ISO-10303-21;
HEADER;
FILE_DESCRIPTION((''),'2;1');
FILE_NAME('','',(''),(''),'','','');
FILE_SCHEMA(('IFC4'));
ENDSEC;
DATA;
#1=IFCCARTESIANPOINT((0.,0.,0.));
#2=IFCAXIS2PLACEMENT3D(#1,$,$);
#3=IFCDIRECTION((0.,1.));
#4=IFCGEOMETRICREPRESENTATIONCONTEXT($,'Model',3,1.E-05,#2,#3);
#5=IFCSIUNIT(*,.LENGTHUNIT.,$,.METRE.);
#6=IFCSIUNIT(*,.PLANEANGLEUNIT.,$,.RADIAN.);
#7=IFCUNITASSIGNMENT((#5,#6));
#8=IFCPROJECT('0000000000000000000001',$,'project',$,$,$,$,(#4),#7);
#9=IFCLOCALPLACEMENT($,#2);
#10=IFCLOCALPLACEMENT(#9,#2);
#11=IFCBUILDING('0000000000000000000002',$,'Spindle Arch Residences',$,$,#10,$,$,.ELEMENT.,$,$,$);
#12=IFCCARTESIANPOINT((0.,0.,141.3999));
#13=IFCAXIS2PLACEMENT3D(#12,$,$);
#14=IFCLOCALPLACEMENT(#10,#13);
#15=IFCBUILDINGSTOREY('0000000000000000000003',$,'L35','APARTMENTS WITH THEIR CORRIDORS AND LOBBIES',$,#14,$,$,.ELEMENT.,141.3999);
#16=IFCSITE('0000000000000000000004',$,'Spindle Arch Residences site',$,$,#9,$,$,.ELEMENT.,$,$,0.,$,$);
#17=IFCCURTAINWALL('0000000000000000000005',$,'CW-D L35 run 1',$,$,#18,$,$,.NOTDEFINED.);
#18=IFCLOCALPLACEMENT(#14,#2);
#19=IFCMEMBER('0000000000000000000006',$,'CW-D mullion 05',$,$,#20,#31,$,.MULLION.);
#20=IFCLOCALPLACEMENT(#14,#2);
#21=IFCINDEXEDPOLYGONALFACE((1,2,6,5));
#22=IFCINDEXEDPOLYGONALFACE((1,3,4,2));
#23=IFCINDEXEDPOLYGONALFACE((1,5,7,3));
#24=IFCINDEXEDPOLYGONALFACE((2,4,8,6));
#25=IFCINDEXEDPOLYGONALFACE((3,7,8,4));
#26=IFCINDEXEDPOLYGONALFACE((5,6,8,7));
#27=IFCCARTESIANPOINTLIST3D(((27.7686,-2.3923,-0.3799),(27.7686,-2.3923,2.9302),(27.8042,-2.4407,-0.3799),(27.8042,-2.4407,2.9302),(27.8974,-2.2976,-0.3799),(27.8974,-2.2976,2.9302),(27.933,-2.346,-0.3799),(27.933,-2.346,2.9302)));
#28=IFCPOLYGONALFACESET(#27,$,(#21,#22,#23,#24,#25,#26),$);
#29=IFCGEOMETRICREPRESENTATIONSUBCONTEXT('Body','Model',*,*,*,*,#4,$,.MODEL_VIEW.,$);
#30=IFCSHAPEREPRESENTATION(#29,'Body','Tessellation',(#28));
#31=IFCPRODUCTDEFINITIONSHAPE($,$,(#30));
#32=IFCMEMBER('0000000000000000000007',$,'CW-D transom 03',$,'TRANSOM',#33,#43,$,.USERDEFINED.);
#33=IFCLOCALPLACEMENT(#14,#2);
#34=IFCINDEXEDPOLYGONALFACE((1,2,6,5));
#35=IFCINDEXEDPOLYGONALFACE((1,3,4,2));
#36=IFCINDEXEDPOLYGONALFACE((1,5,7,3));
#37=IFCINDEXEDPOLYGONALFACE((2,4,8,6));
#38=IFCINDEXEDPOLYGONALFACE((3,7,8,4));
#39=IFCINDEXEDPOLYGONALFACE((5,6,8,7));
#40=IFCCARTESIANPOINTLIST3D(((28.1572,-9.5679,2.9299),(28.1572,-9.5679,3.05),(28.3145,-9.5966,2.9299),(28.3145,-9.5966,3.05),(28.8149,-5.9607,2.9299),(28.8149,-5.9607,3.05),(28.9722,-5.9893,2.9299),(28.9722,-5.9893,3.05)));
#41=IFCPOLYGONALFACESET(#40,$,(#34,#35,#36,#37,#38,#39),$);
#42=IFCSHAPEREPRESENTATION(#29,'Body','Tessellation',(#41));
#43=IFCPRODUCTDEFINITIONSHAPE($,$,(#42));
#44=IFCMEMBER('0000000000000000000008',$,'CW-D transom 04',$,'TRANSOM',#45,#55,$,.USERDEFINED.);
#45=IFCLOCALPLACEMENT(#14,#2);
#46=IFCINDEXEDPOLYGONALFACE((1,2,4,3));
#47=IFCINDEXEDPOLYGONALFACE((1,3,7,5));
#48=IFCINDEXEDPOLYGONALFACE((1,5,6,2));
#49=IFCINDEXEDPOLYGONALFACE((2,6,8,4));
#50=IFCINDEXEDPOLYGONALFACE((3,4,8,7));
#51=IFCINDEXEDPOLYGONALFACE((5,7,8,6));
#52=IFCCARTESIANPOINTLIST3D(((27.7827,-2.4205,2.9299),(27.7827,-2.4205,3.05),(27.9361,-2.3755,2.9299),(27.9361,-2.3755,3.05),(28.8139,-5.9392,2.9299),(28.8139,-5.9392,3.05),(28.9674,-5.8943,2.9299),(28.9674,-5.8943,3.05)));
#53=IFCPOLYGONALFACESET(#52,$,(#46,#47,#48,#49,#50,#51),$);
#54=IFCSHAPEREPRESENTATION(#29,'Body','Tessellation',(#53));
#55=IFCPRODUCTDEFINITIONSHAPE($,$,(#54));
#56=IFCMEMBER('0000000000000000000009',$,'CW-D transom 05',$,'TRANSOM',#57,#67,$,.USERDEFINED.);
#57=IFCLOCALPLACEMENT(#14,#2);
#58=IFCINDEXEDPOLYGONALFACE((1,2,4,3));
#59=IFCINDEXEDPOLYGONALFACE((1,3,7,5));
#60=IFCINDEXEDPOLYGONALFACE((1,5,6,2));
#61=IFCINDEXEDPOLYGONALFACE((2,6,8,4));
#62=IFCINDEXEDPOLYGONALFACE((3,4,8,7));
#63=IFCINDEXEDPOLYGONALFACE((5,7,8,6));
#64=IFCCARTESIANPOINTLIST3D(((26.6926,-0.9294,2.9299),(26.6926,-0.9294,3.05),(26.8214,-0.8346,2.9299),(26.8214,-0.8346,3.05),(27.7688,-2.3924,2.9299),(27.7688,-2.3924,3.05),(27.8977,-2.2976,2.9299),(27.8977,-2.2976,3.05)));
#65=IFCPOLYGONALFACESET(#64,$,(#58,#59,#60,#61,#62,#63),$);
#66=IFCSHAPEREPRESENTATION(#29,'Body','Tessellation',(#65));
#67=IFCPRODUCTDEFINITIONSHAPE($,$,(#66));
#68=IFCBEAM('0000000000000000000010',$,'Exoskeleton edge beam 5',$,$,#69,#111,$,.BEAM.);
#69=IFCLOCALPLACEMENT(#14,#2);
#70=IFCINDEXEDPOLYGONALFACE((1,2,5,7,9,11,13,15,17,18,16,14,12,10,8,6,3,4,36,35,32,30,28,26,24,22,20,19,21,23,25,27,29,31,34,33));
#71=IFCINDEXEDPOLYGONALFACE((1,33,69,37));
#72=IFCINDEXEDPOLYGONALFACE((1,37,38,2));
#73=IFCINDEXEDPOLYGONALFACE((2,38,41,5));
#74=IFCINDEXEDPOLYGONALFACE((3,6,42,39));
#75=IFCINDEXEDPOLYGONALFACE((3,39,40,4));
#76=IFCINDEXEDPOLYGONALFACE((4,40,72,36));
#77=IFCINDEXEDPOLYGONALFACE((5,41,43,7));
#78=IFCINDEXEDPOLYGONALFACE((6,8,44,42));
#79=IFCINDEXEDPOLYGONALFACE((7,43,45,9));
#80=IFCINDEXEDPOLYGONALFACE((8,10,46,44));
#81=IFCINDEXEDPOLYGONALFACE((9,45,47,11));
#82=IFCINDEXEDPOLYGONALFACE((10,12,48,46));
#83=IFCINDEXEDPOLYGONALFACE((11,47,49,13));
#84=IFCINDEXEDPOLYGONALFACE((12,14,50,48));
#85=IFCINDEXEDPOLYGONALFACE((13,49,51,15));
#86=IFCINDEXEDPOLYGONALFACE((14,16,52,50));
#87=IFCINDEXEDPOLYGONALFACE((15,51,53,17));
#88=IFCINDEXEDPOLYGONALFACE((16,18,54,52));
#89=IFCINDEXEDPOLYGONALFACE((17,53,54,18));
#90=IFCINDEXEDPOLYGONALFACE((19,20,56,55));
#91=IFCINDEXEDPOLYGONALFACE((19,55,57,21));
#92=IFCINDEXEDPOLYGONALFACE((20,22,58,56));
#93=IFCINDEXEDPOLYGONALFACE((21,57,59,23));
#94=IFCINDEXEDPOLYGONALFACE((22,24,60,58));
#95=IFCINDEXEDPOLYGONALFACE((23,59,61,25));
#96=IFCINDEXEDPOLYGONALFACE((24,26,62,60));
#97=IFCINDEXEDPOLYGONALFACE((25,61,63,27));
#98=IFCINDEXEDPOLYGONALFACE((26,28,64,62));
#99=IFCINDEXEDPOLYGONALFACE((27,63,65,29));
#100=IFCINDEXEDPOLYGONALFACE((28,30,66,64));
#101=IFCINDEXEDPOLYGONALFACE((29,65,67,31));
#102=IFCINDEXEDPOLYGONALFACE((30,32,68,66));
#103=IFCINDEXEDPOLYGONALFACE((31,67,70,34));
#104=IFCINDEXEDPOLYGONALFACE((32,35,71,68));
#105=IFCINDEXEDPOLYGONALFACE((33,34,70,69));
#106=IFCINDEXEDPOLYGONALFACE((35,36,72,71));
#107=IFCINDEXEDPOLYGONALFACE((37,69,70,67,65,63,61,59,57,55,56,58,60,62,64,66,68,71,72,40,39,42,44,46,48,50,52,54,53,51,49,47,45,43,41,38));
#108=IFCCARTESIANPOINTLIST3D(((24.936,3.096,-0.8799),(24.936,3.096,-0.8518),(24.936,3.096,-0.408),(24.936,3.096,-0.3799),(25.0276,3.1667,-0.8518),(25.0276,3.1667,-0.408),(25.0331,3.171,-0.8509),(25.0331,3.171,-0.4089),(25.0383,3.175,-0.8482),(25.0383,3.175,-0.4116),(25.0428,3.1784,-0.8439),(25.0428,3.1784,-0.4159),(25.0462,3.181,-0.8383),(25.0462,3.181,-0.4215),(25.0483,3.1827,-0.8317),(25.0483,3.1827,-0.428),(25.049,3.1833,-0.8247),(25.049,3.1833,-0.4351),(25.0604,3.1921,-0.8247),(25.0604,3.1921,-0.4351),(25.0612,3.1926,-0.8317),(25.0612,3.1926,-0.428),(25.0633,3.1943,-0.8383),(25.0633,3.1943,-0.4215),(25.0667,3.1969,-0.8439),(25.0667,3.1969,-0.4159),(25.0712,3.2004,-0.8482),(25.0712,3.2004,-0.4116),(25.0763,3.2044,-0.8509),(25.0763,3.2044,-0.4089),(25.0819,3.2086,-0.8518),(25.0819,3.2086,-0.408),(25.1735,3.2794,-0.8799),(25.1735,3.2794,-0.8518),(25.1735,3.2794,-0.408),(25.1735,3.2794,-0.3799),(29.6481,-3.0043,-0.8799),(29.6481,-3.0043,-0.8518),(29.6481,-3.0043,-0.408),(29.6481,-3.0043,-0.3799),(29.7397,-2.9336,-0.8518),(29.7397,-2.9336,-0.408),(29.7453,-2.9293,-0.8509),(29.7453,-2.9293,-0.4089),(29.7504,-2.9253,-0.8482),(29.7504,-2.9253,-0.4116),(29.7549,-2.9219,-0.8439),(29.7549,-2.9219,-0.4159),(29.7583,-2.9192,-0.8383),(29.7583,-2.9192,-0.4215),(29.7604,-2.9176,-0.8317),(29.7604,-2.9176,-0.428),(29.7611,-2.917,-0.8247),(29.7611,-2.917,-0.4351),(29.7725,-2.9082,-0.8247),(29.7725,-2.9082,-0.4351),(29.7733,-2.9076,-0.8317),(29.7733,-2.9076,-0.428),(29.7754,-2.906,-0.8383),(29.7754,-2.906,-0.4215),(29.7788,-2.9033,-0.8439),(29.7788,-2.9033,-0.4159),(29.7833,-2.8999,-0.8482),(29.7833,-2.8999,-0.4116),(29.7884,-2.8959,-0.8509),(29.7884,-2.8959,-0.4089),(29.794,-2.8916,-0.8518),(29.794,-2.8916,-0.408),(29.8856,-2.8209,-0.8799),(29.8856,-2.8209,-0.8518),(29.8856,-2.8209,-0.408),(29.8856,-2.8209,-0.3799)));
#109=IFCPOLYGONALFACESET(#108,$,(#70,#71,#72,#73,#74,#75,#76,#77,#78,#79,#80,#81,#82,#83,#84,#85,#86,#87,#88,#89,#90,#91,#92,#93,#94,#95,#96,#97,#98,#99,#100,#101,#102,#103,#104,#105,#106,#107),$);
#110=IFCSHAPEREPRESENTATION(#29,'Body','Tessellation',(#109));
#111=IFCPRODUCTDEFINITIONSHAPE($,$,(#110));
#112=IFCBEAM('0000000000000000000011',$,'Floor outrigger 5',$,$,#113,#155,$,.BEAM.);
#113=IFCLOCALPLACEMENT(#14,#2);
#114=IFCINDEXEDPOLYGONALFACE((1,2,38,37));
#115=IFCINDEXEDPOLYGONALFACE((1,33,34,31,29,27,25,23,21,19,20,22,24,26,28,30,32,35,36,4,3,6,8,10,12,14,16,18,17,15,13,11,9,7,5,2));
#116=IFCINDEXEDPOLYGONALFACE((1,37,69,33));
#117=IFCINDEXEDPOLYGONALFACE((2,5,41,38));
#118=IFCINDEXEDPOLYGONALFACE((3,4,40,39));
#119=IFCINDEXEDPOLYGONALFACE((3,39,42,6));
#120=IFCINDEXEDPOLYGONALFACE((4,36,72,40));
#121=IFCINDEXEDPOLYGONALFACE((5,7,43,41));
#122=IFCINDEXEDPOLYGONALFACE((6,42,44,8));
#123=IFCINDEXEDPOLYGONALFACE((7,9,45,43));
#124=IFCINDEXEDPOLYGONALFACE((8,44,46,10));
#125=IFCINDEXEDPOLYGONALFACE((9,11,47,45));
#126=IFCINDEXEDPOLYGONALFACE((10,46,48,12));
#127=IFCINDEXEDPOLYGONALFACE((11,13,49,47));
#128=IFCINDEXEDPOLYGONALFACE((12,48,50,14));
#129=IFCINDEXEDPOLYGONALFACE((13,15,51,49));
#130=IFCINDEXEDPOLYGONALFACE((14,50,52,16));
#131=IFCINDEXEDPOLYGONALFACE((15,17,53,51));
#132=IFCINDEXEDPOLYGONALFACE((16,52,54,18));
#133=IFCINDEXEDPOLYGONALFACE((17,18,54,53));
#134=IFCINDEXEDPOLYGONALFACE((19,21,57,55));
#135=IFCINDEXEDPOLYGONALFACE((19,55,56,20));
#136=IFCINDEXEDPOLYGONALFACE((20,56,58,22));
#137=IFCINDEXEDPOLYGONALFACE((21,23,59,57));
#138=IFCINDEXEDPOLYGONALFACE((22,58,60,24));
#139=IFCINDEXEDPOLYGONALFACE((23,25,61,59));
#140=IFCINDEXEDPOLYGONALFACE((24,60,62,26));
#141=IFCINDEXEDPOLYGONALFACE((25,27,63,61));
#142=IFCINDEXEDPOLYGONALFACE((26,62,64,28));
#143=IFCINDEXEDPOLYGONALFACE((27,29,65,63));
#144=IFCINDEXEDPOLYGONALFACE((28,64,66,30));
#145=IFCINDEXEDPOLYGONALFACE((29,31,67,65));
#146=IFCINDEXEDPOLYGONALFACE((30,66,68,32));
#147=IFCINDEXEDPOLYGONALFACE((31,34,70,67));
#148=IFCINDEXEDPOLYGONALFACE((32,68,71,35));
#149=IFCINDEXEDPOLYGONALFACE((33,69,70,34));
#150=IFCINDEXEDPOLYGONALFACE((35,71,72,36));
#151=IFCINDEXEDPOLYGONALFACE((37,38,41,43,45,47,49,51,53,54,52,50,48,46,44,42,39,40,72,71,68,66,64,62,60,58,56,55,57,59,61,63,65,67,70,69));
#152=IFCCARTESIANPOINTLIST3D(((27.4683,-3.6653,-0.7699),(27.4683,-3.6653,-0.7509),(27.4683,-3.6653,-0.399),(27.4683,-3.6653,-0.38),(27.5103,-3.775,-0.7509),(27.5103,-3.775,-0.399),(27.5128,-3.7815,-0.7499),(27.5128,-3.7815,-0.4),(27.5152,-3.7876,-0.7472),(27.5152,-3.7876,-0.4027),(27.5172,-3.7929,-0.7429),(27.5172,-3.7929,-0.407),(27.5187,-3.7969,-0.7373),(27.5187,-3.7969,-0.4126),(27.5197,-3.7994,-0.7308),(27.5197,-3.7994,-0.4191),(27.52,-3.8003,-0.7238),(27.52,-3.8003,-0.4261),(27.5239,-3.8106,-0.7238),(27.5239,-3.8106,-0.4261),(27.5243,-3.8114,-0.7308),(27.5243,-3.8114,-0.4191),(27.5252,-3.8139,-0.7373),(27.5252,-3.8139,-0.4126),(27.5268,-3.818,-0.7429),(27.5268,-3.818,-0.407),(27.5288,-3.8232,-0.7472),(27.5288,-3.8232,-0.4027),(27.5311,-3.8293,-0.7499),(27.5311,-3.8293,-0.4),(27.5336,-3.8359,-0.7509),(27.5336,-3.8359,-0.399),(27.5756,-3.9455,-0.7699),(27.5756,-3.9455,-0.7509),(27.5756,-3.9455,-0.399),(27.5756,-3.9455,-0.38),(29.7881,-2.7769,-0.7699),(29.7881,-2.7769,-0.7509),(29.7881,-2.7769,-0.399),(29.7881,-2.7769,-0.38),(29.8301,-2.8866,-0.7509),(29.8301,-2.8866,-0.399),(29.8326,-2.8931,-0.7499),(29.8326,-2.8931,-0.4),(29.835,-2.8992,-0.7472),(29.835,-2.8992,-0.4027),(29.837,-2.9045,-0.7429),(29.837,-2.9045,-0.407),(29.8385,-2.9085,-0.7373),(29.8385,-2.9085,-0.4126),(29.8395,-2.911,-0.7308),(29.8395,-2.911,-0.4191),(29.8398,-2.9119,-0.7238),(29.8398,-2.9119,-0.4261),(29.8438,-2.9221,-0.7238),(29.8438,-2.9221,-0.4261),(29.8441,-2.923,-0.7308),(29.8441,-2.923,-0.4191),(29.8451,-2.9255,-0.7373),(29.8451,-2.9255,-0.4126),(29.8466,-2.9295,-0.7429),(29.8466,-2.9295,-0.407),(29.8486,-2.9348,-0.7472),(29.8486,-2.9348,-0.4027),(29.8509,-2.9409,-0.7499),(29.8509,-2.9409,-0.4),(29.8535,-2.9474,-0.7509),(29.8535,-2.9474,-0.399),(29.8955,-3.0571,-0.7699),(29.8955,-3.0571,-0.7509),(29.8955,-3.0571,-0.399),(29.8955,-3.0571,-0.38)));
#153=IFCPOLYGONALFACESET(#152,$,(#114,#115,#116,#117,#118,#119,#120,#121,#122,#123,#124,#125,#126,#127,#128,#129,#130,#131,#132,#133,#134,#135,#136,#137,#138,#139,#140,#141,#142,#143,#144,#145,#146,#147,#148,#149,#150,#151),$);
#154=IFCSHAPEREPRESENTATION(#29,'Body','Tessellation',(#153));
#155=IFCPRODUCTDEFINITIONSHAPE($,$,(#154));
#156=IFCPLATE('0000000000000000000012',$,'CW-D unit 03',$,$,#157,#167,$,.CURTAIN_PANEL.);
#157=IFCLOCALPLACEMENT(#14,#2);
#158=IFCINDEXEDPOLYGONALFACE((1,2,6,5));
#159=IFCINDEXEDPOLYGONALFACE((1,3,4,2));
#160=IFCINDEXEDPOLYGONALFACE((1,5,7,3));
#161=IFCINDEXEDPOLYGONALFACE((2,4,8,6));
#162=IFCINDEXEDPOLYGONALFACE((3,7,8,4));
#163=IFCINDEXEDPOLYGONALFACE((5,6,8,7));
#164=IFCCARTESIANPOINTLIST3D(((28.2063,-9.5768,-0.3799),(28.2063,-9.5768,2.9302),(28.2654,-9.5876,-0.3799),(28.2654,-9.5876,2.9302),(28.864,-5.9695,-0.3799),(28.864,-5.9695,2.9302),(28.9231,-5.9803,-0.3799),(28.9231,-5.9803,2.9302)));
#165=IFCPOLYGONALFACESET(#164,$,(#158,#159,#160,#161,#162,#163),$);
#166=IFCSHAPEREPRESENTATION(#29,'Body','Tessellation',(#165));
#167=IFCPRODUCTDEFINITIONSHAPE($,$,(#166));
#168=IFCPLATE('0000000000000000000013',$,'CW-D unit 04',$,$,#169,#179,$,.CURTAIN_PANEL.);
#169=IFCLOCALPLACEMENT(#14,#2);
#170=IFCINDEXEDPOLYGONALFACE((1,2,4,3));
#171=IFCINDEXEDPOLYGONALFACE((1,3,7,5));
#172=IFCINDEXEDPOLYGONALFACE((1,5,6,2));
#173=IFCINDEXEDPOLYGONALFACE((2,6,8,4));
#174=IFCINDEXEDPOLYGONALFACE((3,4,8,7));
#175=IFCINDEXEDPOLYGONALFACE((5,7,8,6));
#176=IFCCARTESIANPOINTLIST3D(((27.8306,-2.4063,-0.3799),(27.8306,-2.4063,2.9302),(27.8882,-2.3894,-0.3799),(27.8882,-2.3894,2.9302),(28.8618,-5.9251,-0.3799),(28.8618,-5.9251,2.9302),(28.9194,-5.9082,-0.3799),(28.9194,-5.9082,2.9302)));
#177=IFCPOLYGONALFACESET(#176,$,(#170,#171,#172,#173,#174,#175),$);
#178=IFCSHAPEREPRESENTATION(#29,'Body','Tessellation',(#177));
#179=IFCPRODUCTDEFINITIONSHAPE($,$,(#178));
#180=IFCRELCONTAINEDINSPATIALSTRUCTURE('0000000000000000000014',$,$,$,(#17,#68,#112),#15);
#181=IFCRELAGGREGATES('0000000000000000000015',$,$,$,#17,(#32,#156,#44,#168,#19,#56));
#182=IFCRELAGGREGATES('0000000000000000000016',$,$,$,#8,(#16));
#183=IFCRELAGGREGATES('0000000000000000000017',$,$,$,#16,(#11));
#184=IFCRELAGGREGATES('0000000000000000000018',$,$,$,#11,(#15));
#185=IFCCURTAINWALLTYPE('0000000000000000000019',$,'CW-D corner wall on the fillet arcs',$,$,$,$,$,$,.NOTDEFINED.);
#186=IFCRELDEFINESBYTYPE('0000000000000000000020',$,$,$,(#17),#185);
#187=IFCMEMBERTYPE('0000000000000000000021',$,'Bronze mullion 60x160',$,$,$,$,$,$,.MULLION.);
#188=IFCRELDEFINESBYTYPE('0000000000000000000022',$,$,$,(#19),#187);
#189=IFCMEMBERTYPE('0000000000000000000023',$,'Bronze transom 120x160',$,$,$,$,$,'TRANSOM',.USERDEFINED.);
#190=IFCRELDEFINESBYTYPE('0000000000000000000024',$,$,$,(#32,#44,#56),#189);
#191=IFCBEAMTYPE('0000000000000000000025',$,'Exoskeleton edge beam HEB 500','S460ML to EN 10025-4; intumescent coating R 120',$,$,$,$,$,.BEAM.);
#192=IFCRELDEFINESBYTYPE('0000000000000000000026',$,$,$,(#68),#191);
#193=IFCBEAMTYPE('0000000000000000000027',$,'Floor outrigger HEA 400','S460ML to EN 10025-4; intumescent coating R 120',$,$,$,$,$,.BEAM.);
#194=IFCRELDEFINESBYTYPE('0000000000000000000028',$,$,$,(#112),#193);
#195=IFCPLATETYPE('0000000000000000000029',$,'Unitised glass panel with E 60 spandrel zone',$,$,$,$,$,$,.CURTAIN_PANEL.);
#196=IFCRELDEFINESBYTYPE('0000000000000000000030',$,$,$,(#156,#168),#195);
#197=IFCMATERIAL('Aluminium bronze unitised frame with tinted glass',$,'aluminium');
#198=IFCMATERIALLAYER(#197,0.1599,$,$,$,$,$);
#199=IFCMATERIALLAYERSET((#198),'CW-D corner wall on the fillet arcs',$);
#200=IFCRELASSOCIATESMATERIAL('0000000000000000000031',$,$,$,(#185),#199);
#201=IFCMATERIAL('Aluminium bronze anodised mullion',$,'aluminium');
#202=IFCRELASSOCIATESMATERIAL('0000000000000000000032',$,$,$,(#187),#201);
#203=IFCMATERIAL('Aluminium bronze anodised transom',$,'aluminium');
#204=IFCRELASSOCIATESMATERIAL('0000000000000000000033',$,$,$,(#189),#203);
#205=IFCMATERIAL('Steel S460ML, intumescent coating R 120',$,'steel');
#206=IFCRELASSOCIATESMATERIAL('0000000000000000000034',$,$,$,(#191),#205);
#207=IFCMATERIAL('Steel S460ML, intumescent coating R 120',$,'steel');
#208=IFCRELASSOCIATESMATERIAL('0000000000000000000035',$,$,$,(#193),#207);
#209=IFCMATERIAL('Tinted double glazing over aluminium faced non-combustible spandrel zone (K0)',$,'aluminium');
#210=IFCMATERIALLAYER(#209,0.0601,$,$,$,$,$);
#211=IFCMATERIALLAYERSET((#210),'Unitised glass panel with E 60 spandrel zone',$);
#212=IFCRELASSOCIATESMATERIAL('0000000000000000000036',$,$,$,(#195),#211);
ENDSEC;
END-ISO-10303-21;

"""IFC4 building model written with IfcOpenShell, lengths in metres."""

from ifc_helpers import new_model, si_unit, direction, frame, origin, origin_2d, place, context, subcontext, project, spatial, rectangle, i_section, extrude, material, layer, layer_set, material_profile, profile_set, type_object, element, aggregate, save


model = new_model("IFC4")

# Units and contexts
model_context = context("Model", 3, precision=1e-05, world=origin(), true_north=direction((0.0, 1.0)))
body_context = subcontext(model_context, "Body", "Model", "MODEL_VIEW")
ifc_project = project(units=[si_unit("LENGTHUNIT", "METRE"), si_unit("PLANEANGLEUNIT", "RADIAN")], contexts=[model_context])

# Site, building, storey
site_placement = place(None, origin())
site = spatial("IfcSite", under=ifc_project, at=site_placement, Name="Spindle Arch Residences site", CompositionType="ELEMENT", RefElevation=0.0)
building_placement = place(site_placement, origin())
building = spatial("IfcBuilding", under=site, at=building_placement, Name="Spindle Arch Residences", CompositionType="ELEMENT")
storey_placement = place(building_placement, frame((0.0, 0.0, 141.3999)))
storey = spatial("IfcBuildingStorey", under=building, at=storey_placement, Name="L35", Description="APARTMENTS WITH THEIR CORRIDORS AND LOBBIES", CompositionType="ELEMENT", Elevation=141.3999)

# Curtain wall, members
ifc_material_1 = material(Name="Aluminium bronze unitised frame with tinted glass", Category="aluminium")
ifc_layer_1 = layer(ifc_material_1, 0.1599)
ifc_layer_set_1 = layer_set([ifc_layer_1], Name="CW-D corner wall on the fillet arcs")
curtain_wall_type = type_object("IfcCurtainWallType", Name="CW-D corner wall on the fillet arcs", PredefinedType="NOTDEFINED", material=ifc_layer_set_1)
curtain_wall_placement = place(storey_placement, origin())
curtain_wall = element("IfcCurtainWall", 1, at=curtain_wall_placement, inside=storey, type_object=curtain_wall_type, Name="CW-D L35 run 1", PredefinedType="NOTDEFINED")
ifc_material_2 = material(Name="Aluminium bronze anodised mullion", Category="aluminium")
ifc_material_profile_1 = material_profile(ifc_material_2, rectangle(XDim=0.1599, YDim=0.0601, at=origin_2d()), Name="MU 60x160")
ifc_profile_set_1 = profile_set([ifc_material_profile_1], Name="Aluminium bronze anodised mullion")
member_type_1 = type_object("IfcMemberType", Name="Bronze mullion 60x160", PredefinedType="MULLION", material=ifc_profile_set_1)
member_1_placement = place(storey_placement, frame((27.8508, -2.3691, -0.3799), z_axis=(0.0, 0.0, 1.0), x_axis=(-0.805584, -0.592482, 0.0)))
member_1 = element("IfcMember", 2, at=member_1_placement, type_object=member_type_1, Name="CW-D mullion 05", PredefinedType="MULLION", context=body_context, shape_type="SweptSolid", body=[
    extrude(rectangle(XDim=0.1599, YDim=0.0601, at=origin_2d()), origin(), (0.0, 0.0, 1.0), 3.3101),
])
ifc_material_3 = material(Name="Aluminium bronze anodised transom", Category="aluminium")
ifc_material_profile_2 = material_profile(ifc_material_3, rectangle(XDim=0.1599, YDim=0.1201, at=origin_2d()), Name="TR 120x160")
ifc_profile_set_2 = profile_set([ifc_material_profile_2], Name="Aluminium bronze anodised transom")
member_type_2 = type_object("IfcMemberType", Name="Bronze transom 120x160", ElementType="TRANSOM", PredefinedType="USERDEFINED", material=ifc_profile_set_2)
member_2_placement = place(storey_placement, frame((28.2358, -9.5823, 2.99), z_axis=(0.179378, 0.98378, 0.0), x_axis=(-0.98378, 0.179378, 0.0)))
member_2 = element("IfcMember", 3, at=member_2_placement, type_object=member_type_2, Name="CW-D transom 03", ObjectType="TRANSOM", PredefinedType="USERDEFINED", context=body_context, shape_type="SweptSolid", body=[
    extrude(rectangle(XDim=0.1599, YDim=0.1201, at=origin_2d()), origin(), (0.0, 0.0, 1.0), 3.6667),
])
member_3_placement = place(storey_placement, frame((28.8906, -5.9167, 2.99), z_axis=(-0.28124, 0.959638, 0.0), x_axis=(-0.959638, -0.28124, 0.0)))
member_3 = element("IfcMember", 4, at=member_3_placement, type_object=member_type_2, Name="CW-D transom 04", ObjectType="TRANSOM", PredefinedType="USERDEFINED", context=body_context, shape_type="SweptSolid", body=[
    extrude(rectangle(XDim=0.1599, YDim=0.1201, at=origin_2d()), origin(), (0.0, 0.0, 1.0), 3.6667),
])
member_4_placement = place(storey_placement, frame((27.8333, -2.345, 2.99), z_axis=(-0.592575, 0.805515, 0.0), x_axis=(-0.805515, -0.592575, 0.0)))
member_4 = element("IfcMember", 5, at=member_4_placement, type_object=member_type_2, Name="CW-D transom 05", ObjectType="TRANSOM", PredefinedType="USERDEFINED", context=body_context, shape_type="SweptSolid", body=[
    extrude(rectangle(XDim=0.1599, YDim=0.1201, at=origin_2d()), origin(), (0.0, 0.0, 1.0), 1.8162),
])

# Beams
ifc_material_4 = material(Name="Steel S460ML, intumescent coating R 120", Category="steel")
ifc_material_profile_3 = material_profile(ifc_material_4, i_section(OverallWidth=0.3, OverallDepth=0.5, WebThickness=0.0144, FlangeThickness=0.0281, FilletRadius=0.0271, at=origin_2d()), Name="HEB 500")
ifc_profile_set_3 = profile_set([ifc_material_profile_3], Name="Steel S460ML, intumescent coating R 120")
beam_type_1 = type_object("IfcBeamType", Name="Exoskeleton edge beam HEB 500", Description="S460ML to EN 10025-4; intumescent coating R 120", PredefinedType="BEAM", material=ifc_profile_set_3)
beam_1_placement = place(storey_placement, frame((29.7668, -2.9126, -0.6299), z_axis=(-0.611306, 0.791394, 0.0), x_axis=(-0.791394, -0.611306, 0.0)))
element("IfcBeam", 6, at=beam_1_placement, inside=storey, type_object=beam_type_1, Name="Exoskeleton edge beam 5", PredefinedType="BEAM", context=body_context, shape_type="SweptSolid", body=[
    extrude(i_section(OverallWidth=0.3, OverallDepth=0.5, WebThickness=0.0144, FlangeThickness=0.0281, FilletRadius=0.0271, at=origin_2d()), origin(), (0.0, 0.0, 1.0), 7.7083),
])
ifc_material_5 = material(Name="Steel S460ML, intumescent coating R 120", Category="steel")
ifc_material_profile_4 = material_profile(ifc_material_5, i_section(OverallWidth=0.3, OverallDepth=0.3899, WebThickness=0.011, FlangeThickness=0.019, FilletRadius=0.0271, at=origin_2d()), Name="HEA 400")
ifc_profile_set_4 = profile_set([ifc_material_profile_4], Name="Steel S460ML, intumescent coating R 120")
beam_type_2 = type_object("IfcBeamType", Name="Floor outrigger HEA 400", Description="S460ML to EN 10025-4; intumescent coating R 120", PredefinedType="BEAM", material=ifc_profile_set_4)
beam_2_placement = place(storey_placement, frame((29.8418, -2.917, -0.575), z_axis=(-0.933859, -0.357642, 0.0), x_axis=(0.357642, -0.933859, 0.0)))
element("IfcBeam", 7, at=beam_2_placement, inside=storey, type_object=beam_type_2, Name="Floor outrigger 5", PredefinedType="BEAM", context=body_context, shape_type="SweptSolid", body=[
    extrude(i_section(OverallWidth=0.3, OverallDepth=0.3899, WebThickness=0.011, FlangeThickness=0.019, FilletRadius=0.0271, at=origin_2d()), origin(), (0.0, 0.0, 1.0), 2.4841),
])

# Plates
ifc_material_6 = material(Name="Tinted double glazing over aluminium faced non-combustible spandrel zone (K0)", Category="aluminium")
ifc_layer_2 = layer(ifc_material_6, 0.0601)
ifc_layer_set_2 = layer_set([ifc_layer_2], Name="Unitised glass panel with E 60 spandrel zone")
plate_type = type_object("IfcPlateType", Name="Unitised glass panel with E 60 spandrel zone", PredefinedType="CURTAIN_PANEL", material=ifc_layer_set_2)
plate_1_placement = place(storey_placement, frame((28.5647, -7.7786, -0.3799), z_axis=(0.0, 0.0, 1.0), x_axis=(0.179375, 0.983781, 0.0)))
plate_1 = element("IfcPlate", 8, at=plate_1_placement, type_object=plate_type, Name="CW-D unit 03", PredefinedType="CURTAIN_PANEL", context=body_context, shape_type="SweptSolid", body=[
    extrude(rectangle(XDim=3.6667, YDim=0.0601, at=origin_2d()), origin(), (0.0, 0.0, 1.0), 3.3101),
])
plate_2_placement = place(storey_placement, frame((28.375, -4.1572, -0.3799), z_axis=(0.0, 0.0, 1.0), x_axis=(-0.281225, 0.959642, 0.0)))
plate_2 = element("IfcPlate", 9, at=plate_2_placement, type_object=plate_type, Name="CW-D unit 04", PredefinedType="CURTAIN_PANEL", context=body_context, shape_type="SweptSolid", body=[
    extrude(rectangle(XDim=3.6667, YDim=0.0601, at=origin_2d()), origin(), (0.0, 0.0, 1.0), 3.3101),
])
aggregate(curtain_wall, [member_2, plate_1, member_3, plate_2, member_1, member_4])

save(model, "model.ifc")
